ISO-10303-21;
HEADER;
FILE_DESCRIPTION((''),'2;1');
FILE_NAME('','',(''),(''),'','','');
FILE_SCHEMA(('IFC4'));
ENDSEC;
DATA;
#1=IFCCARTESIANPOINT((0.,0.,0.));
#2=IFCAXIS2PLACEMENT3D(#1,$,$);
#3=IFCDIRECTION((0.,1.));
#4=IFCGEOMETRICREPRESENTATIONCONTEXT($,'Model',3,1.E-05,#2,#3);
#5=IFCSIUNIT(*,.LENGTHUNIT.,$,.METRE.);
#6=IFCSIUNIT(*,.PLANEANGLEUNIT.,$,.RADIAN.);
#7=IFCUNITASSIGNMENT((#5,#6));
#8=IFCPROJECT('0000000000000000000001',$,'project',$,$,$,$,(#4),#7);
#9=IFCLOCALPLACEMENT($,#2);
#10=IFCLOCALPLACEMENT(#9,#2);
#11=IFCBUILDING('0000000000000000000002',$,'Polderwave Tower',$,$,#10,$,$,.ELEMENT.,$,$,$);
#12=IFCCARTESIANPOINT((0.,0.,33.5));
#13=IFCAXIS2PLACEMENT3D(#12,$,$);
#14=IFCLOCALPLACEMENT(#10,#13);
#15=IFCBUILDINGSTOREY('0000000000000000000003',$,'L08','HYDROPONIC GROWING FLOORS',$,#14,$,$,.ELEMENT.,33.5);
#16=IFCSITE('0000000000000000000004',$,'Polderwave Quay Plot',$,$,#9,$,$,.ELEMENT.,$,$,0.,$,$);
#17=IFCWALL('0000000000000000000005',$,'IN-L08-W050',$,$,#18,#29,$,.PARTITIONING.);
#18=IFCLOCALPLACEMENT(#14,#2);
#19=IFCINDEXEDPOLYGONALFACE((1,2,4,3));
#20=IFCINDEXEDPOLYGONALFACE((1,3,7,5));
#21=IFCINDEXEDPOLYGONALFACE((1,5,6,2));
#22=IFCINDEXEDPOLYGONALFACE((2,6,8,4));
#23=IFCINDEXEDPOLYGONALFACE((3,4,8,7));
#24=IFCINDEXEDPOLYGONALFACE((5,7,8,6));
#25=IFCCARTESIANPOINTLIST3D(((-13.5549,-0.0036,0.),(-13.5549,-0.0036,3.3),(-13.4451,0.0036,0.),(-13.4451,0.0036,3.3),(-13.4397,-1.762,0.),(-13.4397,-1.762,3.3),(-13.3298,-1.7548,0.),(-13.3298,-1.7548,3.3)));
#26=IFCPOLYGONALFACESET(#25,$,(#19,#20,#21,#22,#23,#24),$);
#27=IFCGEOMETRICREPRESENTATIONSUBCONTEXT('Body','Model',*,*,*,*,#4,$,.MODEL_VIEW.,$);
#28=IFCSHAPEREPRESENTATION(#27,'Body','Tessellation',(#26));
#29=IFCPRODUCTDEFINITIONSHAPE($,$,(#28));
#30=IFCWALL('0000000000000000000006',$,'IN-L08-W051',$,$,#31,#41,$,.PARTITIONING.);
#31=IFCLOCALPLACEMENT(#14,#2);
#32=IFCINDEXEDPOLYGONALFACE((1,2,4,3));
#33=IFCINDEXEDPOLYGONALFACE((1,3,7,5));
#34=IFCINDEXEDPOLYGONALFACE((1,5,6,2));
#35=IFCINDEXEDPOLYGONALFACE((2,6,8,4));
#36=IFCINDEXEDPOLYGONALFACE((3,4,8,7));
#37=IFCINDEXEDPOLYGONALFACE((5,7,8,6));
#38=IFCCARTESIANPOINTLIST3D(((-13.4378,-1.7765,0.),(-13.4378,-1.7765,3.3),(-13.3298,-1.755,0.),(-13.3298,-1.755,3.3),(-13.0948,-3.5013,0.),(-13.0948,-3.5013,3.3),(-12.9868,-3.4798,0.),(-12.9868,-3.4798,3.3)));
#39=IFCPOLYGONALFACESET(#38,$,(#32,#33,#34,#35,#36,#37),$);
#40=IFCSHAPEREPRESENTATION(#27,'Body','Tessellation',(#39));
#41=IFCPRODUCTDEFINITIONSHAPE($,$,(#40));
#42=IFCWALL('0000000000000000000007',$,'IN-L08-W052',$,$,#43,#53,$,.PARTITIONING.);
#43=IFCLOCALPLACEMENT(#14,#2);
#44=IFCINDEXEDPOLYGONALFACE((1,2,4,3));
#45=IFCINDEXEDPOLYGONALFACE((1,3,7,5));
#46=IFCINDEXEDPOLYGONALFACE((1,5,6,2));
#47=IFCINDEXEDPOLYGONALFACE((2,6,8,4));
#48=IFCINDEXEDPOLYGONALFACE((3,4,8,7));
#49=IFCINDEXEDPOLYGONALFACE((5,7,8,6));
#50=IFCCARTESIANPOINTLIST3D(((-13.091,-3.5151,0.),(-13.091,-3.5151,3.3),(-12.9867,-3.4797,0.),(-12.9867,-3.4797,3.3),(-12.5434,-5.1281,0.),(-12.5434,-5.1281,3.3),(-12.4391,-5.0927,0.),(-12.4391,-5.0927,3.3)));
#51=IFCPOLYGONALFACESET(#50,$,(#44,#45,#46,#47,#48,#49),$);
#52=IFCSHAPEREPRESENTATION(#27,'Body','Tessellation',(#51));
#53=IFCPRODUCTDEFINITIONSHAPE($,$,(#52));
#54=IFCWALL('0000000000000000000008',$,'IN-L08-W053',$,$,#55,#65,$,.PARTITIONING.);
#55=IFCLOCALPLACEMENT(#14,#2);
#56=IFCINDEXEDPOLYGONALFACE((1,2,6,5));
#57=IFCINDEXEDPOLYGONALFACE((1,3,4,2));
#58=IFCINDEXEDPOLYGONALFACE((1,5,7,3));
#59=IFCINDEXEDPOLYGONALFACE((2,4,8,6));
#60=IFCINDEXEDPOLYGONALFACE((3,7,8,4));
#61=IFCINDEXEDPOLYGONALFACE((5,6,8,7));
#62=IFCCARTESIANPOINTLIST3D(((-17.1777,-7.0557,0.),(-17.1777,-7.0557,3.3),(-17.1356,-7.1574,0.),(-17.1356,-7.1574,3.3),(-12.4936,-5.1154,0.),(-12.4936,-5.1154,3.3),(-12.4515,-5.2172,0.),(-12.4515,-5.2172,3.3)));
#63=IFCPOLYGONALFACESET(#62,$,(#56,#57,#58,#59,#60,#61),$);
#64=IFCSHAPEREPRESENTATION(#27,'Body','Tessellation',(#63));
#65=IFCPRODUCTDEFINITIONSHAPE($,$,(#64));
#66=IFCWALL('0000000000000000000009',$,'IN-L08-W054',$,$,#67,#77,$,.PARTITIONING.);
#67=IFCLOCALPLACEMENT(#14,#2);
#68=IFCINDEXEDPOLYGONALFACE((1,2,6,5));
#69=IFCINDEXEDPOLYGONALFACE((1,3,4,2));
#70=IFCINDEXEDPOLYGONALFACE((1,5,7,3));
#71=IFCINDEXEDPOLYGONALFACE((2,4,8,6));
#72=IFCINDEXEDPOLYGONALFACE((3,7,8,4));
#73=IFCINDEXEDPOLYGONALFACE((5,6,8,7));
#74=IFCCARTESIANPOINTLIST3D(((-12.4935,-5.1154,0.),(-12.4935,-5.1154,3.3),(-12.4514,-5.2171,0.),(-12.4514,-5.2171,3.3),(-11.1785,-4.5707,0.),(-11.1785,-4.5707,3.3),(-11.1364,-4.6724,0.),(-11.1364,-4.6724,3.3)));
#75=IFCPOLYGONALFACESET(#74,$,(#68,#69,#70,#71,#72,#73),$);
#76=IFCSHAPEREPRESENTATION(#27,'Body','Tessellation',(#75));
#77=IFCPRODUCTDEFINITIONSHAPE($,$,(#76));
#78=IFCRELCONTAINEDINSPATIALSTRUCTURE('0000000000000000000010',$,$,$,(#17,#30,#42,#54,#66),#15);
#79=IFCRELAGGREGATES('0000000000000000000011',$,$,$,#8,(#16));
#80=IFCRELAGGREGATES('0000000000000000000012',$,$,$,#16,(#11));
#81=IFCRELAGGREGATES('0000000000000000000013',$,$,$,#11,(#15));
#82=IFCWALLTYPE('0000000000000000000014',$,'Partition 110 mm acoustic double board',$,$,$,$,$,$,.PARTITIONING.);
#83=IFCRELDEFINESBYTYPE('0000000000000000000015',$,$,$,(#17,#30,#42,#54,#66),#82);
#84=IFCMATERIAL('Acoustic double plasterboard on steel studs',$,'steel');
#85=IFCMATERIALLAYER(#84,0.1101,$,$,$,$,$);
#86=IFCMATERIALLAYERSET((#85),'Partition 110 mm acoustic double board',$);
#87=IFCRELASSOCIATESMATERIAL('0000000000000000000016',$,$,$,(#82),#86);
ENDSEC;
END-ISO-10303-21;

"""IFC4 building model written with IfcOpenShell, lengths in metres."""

from ifc_helpers import new_model, si_unit, direction, frame, frame_2d, origin, place, context, subcontext, project, spatial, rectangle, extrude, material, layer, layer_set, type_object, element, save


model = new_model("IFC4")

# Units and contexts
model_context = context("Model", 3, precision=1e-05, world=origin(), true_north=direction((0.0, 1.0)))
body_context = subcontext(model_context, "Body", "Model", "MODEL_VIEW")
ifc_project = project(units=[si_unit("LENGTHUNIT", "METRE"), si_unit("PLANEANGLEUNIT", "RADIAN")], contexts=[model_context])

# Site, building, storey
site_placement = place(None, origin())
site = spatial("IfcSite", under=ifc_project, at=site_placement, Name="Polderwave Quay Plot", CompositionType="ELEMENT", RefElevation=0.0)
building_placement = place(site_placement, origin())
building = spatial("IfcBuilding", under=site, at=building_placement, Name="Polderwave Tower", CompositionType="ELEMENT")
storey_placement = place(building_placement, frame((0.0, 0.0, 33.5)))
storey = spatial("IfcBuildingStorey", under=building, at=storey_placement, Name="L08", Description="HYDROPONIC GROWING FLOORS", CompositionType="ELEMENT", Elevation=33.5)

# Walls
ifc_material_1 = material(Name="Acoustic double plasterboard on steel studs", Category="steel")
ifc_layer_1 = layer(ifc_material_1, 0.1101)
ifc_layer_set_1 = layer_set([ifc_layer_1], Name="Partition 110 mm acoustic double board")
wall_type_1 = type_object("IfcWallType", Name="Partition 110 mm acoustic double board", PredefinedType="PARTITIONING", material=ifc_layer_set_1)
wall_1_placement = place(storey_placement, frame((-13.5, 0.0, 0.0), z_axis=(0.0, 0.0, 1.0), x_axis=(0.065388, -0.99786, 0.0)))
element("IfcWall", 1, at=wall_1_placement, inside=storey, type_object=wall_type_1, Name="IN-L08-W050", PredefinedType="PARTITIONING", context=body_context, shape_type="SweptSolid", body=[
    extrude(rectangle(XDim=1.7622, YDim=0.1101, at=frame_2d((0.8811, 0.0))), origin(), (0.0, 0.0, 1.0), 3.3),
])
wall_2_placement = place(storey_placement, frame((-13.3838, -1.7656, 0.0), z_axis=(0.0, 0.0, 1.0), x_axis=(0.195048, -0.980794, 0.0)))
element("IfcWall", 2, at=wall_2_placement, inside=storey, type_object=wall_type_1, Name="IN-L08-W051", PredefinedType="PARTITIONING", context=body_context, shape_type="SweptSolid", body=[
    extrude(rectangle(XDim=1.7585, YDim=0.1101, at=frame_2d((0.8794, 0.0))), origin(), (0.0, 0.0, 1.0), 3.3),
])
wall_3_placement = place(storey_placement, frame((-13.0388, -3.4976, 0.0), z_axis=(0.0, 0.0, 1.0), x_axis=(0.321468, -0.94692, 0.0)))
element("IfcWall", 3, at=wall_3_placement, inside=storey, type_object=wall_type_1, Name="IN-L08-W052", PredefinedType="PARTITIONING", context=body_context, shape_type="SweptSolid", body=[
    extrude(rectangle(XDim=1.7034, YDim=0.1101, at=frame_2d((0.8516, 0.0))), origin(), (0.0, 0.0, 1.0), 3.3),
])
wall_4_placement = place(storey_placement, frame((-12.4724, -5.1663, 0.0), z_axis=(0.0, 0.0, 1.0), x_axis=(-0.923881, -0.382679, 0.0)))
element("IfcWall", 4, at=wall_4_placement, inside=storey, type_object=wall_type_1, Name="IN-L08-W053", PredefinedType="PARTITIONING", context=body_context, shape_type="SweptSolid", body=[
    extrude(rectangle(XDim=5.0701, YDim=0.1101, at=frame_2d((2.5352, 0.0))), origin(), (0.0, 0.0, 1.0), 3.3),
])
wall_5_placement = place(storey_placement, frame((-11.1575, -4.6216, 0.0), z_axis=(0.0, 0.0, 1.0), x_axis=(-0.923877, -0.38269, 0.0)))
element("IfcWall", 5, at=wall_5_placement, inside=storey, type_object=wall_type_1, Name="IN-L08-W054", PredefinedType="PARTITIONING", context=body_context, shape_type="SweptSolid", body=[
    extrude(rectangle(XDim=1.4233, YDim=0.1101, at=frame_2d((0.7117, 0.0))), origin(), (0.0, 0.0, 1.0), 3.3),
])

save(model, "model.ifc")
